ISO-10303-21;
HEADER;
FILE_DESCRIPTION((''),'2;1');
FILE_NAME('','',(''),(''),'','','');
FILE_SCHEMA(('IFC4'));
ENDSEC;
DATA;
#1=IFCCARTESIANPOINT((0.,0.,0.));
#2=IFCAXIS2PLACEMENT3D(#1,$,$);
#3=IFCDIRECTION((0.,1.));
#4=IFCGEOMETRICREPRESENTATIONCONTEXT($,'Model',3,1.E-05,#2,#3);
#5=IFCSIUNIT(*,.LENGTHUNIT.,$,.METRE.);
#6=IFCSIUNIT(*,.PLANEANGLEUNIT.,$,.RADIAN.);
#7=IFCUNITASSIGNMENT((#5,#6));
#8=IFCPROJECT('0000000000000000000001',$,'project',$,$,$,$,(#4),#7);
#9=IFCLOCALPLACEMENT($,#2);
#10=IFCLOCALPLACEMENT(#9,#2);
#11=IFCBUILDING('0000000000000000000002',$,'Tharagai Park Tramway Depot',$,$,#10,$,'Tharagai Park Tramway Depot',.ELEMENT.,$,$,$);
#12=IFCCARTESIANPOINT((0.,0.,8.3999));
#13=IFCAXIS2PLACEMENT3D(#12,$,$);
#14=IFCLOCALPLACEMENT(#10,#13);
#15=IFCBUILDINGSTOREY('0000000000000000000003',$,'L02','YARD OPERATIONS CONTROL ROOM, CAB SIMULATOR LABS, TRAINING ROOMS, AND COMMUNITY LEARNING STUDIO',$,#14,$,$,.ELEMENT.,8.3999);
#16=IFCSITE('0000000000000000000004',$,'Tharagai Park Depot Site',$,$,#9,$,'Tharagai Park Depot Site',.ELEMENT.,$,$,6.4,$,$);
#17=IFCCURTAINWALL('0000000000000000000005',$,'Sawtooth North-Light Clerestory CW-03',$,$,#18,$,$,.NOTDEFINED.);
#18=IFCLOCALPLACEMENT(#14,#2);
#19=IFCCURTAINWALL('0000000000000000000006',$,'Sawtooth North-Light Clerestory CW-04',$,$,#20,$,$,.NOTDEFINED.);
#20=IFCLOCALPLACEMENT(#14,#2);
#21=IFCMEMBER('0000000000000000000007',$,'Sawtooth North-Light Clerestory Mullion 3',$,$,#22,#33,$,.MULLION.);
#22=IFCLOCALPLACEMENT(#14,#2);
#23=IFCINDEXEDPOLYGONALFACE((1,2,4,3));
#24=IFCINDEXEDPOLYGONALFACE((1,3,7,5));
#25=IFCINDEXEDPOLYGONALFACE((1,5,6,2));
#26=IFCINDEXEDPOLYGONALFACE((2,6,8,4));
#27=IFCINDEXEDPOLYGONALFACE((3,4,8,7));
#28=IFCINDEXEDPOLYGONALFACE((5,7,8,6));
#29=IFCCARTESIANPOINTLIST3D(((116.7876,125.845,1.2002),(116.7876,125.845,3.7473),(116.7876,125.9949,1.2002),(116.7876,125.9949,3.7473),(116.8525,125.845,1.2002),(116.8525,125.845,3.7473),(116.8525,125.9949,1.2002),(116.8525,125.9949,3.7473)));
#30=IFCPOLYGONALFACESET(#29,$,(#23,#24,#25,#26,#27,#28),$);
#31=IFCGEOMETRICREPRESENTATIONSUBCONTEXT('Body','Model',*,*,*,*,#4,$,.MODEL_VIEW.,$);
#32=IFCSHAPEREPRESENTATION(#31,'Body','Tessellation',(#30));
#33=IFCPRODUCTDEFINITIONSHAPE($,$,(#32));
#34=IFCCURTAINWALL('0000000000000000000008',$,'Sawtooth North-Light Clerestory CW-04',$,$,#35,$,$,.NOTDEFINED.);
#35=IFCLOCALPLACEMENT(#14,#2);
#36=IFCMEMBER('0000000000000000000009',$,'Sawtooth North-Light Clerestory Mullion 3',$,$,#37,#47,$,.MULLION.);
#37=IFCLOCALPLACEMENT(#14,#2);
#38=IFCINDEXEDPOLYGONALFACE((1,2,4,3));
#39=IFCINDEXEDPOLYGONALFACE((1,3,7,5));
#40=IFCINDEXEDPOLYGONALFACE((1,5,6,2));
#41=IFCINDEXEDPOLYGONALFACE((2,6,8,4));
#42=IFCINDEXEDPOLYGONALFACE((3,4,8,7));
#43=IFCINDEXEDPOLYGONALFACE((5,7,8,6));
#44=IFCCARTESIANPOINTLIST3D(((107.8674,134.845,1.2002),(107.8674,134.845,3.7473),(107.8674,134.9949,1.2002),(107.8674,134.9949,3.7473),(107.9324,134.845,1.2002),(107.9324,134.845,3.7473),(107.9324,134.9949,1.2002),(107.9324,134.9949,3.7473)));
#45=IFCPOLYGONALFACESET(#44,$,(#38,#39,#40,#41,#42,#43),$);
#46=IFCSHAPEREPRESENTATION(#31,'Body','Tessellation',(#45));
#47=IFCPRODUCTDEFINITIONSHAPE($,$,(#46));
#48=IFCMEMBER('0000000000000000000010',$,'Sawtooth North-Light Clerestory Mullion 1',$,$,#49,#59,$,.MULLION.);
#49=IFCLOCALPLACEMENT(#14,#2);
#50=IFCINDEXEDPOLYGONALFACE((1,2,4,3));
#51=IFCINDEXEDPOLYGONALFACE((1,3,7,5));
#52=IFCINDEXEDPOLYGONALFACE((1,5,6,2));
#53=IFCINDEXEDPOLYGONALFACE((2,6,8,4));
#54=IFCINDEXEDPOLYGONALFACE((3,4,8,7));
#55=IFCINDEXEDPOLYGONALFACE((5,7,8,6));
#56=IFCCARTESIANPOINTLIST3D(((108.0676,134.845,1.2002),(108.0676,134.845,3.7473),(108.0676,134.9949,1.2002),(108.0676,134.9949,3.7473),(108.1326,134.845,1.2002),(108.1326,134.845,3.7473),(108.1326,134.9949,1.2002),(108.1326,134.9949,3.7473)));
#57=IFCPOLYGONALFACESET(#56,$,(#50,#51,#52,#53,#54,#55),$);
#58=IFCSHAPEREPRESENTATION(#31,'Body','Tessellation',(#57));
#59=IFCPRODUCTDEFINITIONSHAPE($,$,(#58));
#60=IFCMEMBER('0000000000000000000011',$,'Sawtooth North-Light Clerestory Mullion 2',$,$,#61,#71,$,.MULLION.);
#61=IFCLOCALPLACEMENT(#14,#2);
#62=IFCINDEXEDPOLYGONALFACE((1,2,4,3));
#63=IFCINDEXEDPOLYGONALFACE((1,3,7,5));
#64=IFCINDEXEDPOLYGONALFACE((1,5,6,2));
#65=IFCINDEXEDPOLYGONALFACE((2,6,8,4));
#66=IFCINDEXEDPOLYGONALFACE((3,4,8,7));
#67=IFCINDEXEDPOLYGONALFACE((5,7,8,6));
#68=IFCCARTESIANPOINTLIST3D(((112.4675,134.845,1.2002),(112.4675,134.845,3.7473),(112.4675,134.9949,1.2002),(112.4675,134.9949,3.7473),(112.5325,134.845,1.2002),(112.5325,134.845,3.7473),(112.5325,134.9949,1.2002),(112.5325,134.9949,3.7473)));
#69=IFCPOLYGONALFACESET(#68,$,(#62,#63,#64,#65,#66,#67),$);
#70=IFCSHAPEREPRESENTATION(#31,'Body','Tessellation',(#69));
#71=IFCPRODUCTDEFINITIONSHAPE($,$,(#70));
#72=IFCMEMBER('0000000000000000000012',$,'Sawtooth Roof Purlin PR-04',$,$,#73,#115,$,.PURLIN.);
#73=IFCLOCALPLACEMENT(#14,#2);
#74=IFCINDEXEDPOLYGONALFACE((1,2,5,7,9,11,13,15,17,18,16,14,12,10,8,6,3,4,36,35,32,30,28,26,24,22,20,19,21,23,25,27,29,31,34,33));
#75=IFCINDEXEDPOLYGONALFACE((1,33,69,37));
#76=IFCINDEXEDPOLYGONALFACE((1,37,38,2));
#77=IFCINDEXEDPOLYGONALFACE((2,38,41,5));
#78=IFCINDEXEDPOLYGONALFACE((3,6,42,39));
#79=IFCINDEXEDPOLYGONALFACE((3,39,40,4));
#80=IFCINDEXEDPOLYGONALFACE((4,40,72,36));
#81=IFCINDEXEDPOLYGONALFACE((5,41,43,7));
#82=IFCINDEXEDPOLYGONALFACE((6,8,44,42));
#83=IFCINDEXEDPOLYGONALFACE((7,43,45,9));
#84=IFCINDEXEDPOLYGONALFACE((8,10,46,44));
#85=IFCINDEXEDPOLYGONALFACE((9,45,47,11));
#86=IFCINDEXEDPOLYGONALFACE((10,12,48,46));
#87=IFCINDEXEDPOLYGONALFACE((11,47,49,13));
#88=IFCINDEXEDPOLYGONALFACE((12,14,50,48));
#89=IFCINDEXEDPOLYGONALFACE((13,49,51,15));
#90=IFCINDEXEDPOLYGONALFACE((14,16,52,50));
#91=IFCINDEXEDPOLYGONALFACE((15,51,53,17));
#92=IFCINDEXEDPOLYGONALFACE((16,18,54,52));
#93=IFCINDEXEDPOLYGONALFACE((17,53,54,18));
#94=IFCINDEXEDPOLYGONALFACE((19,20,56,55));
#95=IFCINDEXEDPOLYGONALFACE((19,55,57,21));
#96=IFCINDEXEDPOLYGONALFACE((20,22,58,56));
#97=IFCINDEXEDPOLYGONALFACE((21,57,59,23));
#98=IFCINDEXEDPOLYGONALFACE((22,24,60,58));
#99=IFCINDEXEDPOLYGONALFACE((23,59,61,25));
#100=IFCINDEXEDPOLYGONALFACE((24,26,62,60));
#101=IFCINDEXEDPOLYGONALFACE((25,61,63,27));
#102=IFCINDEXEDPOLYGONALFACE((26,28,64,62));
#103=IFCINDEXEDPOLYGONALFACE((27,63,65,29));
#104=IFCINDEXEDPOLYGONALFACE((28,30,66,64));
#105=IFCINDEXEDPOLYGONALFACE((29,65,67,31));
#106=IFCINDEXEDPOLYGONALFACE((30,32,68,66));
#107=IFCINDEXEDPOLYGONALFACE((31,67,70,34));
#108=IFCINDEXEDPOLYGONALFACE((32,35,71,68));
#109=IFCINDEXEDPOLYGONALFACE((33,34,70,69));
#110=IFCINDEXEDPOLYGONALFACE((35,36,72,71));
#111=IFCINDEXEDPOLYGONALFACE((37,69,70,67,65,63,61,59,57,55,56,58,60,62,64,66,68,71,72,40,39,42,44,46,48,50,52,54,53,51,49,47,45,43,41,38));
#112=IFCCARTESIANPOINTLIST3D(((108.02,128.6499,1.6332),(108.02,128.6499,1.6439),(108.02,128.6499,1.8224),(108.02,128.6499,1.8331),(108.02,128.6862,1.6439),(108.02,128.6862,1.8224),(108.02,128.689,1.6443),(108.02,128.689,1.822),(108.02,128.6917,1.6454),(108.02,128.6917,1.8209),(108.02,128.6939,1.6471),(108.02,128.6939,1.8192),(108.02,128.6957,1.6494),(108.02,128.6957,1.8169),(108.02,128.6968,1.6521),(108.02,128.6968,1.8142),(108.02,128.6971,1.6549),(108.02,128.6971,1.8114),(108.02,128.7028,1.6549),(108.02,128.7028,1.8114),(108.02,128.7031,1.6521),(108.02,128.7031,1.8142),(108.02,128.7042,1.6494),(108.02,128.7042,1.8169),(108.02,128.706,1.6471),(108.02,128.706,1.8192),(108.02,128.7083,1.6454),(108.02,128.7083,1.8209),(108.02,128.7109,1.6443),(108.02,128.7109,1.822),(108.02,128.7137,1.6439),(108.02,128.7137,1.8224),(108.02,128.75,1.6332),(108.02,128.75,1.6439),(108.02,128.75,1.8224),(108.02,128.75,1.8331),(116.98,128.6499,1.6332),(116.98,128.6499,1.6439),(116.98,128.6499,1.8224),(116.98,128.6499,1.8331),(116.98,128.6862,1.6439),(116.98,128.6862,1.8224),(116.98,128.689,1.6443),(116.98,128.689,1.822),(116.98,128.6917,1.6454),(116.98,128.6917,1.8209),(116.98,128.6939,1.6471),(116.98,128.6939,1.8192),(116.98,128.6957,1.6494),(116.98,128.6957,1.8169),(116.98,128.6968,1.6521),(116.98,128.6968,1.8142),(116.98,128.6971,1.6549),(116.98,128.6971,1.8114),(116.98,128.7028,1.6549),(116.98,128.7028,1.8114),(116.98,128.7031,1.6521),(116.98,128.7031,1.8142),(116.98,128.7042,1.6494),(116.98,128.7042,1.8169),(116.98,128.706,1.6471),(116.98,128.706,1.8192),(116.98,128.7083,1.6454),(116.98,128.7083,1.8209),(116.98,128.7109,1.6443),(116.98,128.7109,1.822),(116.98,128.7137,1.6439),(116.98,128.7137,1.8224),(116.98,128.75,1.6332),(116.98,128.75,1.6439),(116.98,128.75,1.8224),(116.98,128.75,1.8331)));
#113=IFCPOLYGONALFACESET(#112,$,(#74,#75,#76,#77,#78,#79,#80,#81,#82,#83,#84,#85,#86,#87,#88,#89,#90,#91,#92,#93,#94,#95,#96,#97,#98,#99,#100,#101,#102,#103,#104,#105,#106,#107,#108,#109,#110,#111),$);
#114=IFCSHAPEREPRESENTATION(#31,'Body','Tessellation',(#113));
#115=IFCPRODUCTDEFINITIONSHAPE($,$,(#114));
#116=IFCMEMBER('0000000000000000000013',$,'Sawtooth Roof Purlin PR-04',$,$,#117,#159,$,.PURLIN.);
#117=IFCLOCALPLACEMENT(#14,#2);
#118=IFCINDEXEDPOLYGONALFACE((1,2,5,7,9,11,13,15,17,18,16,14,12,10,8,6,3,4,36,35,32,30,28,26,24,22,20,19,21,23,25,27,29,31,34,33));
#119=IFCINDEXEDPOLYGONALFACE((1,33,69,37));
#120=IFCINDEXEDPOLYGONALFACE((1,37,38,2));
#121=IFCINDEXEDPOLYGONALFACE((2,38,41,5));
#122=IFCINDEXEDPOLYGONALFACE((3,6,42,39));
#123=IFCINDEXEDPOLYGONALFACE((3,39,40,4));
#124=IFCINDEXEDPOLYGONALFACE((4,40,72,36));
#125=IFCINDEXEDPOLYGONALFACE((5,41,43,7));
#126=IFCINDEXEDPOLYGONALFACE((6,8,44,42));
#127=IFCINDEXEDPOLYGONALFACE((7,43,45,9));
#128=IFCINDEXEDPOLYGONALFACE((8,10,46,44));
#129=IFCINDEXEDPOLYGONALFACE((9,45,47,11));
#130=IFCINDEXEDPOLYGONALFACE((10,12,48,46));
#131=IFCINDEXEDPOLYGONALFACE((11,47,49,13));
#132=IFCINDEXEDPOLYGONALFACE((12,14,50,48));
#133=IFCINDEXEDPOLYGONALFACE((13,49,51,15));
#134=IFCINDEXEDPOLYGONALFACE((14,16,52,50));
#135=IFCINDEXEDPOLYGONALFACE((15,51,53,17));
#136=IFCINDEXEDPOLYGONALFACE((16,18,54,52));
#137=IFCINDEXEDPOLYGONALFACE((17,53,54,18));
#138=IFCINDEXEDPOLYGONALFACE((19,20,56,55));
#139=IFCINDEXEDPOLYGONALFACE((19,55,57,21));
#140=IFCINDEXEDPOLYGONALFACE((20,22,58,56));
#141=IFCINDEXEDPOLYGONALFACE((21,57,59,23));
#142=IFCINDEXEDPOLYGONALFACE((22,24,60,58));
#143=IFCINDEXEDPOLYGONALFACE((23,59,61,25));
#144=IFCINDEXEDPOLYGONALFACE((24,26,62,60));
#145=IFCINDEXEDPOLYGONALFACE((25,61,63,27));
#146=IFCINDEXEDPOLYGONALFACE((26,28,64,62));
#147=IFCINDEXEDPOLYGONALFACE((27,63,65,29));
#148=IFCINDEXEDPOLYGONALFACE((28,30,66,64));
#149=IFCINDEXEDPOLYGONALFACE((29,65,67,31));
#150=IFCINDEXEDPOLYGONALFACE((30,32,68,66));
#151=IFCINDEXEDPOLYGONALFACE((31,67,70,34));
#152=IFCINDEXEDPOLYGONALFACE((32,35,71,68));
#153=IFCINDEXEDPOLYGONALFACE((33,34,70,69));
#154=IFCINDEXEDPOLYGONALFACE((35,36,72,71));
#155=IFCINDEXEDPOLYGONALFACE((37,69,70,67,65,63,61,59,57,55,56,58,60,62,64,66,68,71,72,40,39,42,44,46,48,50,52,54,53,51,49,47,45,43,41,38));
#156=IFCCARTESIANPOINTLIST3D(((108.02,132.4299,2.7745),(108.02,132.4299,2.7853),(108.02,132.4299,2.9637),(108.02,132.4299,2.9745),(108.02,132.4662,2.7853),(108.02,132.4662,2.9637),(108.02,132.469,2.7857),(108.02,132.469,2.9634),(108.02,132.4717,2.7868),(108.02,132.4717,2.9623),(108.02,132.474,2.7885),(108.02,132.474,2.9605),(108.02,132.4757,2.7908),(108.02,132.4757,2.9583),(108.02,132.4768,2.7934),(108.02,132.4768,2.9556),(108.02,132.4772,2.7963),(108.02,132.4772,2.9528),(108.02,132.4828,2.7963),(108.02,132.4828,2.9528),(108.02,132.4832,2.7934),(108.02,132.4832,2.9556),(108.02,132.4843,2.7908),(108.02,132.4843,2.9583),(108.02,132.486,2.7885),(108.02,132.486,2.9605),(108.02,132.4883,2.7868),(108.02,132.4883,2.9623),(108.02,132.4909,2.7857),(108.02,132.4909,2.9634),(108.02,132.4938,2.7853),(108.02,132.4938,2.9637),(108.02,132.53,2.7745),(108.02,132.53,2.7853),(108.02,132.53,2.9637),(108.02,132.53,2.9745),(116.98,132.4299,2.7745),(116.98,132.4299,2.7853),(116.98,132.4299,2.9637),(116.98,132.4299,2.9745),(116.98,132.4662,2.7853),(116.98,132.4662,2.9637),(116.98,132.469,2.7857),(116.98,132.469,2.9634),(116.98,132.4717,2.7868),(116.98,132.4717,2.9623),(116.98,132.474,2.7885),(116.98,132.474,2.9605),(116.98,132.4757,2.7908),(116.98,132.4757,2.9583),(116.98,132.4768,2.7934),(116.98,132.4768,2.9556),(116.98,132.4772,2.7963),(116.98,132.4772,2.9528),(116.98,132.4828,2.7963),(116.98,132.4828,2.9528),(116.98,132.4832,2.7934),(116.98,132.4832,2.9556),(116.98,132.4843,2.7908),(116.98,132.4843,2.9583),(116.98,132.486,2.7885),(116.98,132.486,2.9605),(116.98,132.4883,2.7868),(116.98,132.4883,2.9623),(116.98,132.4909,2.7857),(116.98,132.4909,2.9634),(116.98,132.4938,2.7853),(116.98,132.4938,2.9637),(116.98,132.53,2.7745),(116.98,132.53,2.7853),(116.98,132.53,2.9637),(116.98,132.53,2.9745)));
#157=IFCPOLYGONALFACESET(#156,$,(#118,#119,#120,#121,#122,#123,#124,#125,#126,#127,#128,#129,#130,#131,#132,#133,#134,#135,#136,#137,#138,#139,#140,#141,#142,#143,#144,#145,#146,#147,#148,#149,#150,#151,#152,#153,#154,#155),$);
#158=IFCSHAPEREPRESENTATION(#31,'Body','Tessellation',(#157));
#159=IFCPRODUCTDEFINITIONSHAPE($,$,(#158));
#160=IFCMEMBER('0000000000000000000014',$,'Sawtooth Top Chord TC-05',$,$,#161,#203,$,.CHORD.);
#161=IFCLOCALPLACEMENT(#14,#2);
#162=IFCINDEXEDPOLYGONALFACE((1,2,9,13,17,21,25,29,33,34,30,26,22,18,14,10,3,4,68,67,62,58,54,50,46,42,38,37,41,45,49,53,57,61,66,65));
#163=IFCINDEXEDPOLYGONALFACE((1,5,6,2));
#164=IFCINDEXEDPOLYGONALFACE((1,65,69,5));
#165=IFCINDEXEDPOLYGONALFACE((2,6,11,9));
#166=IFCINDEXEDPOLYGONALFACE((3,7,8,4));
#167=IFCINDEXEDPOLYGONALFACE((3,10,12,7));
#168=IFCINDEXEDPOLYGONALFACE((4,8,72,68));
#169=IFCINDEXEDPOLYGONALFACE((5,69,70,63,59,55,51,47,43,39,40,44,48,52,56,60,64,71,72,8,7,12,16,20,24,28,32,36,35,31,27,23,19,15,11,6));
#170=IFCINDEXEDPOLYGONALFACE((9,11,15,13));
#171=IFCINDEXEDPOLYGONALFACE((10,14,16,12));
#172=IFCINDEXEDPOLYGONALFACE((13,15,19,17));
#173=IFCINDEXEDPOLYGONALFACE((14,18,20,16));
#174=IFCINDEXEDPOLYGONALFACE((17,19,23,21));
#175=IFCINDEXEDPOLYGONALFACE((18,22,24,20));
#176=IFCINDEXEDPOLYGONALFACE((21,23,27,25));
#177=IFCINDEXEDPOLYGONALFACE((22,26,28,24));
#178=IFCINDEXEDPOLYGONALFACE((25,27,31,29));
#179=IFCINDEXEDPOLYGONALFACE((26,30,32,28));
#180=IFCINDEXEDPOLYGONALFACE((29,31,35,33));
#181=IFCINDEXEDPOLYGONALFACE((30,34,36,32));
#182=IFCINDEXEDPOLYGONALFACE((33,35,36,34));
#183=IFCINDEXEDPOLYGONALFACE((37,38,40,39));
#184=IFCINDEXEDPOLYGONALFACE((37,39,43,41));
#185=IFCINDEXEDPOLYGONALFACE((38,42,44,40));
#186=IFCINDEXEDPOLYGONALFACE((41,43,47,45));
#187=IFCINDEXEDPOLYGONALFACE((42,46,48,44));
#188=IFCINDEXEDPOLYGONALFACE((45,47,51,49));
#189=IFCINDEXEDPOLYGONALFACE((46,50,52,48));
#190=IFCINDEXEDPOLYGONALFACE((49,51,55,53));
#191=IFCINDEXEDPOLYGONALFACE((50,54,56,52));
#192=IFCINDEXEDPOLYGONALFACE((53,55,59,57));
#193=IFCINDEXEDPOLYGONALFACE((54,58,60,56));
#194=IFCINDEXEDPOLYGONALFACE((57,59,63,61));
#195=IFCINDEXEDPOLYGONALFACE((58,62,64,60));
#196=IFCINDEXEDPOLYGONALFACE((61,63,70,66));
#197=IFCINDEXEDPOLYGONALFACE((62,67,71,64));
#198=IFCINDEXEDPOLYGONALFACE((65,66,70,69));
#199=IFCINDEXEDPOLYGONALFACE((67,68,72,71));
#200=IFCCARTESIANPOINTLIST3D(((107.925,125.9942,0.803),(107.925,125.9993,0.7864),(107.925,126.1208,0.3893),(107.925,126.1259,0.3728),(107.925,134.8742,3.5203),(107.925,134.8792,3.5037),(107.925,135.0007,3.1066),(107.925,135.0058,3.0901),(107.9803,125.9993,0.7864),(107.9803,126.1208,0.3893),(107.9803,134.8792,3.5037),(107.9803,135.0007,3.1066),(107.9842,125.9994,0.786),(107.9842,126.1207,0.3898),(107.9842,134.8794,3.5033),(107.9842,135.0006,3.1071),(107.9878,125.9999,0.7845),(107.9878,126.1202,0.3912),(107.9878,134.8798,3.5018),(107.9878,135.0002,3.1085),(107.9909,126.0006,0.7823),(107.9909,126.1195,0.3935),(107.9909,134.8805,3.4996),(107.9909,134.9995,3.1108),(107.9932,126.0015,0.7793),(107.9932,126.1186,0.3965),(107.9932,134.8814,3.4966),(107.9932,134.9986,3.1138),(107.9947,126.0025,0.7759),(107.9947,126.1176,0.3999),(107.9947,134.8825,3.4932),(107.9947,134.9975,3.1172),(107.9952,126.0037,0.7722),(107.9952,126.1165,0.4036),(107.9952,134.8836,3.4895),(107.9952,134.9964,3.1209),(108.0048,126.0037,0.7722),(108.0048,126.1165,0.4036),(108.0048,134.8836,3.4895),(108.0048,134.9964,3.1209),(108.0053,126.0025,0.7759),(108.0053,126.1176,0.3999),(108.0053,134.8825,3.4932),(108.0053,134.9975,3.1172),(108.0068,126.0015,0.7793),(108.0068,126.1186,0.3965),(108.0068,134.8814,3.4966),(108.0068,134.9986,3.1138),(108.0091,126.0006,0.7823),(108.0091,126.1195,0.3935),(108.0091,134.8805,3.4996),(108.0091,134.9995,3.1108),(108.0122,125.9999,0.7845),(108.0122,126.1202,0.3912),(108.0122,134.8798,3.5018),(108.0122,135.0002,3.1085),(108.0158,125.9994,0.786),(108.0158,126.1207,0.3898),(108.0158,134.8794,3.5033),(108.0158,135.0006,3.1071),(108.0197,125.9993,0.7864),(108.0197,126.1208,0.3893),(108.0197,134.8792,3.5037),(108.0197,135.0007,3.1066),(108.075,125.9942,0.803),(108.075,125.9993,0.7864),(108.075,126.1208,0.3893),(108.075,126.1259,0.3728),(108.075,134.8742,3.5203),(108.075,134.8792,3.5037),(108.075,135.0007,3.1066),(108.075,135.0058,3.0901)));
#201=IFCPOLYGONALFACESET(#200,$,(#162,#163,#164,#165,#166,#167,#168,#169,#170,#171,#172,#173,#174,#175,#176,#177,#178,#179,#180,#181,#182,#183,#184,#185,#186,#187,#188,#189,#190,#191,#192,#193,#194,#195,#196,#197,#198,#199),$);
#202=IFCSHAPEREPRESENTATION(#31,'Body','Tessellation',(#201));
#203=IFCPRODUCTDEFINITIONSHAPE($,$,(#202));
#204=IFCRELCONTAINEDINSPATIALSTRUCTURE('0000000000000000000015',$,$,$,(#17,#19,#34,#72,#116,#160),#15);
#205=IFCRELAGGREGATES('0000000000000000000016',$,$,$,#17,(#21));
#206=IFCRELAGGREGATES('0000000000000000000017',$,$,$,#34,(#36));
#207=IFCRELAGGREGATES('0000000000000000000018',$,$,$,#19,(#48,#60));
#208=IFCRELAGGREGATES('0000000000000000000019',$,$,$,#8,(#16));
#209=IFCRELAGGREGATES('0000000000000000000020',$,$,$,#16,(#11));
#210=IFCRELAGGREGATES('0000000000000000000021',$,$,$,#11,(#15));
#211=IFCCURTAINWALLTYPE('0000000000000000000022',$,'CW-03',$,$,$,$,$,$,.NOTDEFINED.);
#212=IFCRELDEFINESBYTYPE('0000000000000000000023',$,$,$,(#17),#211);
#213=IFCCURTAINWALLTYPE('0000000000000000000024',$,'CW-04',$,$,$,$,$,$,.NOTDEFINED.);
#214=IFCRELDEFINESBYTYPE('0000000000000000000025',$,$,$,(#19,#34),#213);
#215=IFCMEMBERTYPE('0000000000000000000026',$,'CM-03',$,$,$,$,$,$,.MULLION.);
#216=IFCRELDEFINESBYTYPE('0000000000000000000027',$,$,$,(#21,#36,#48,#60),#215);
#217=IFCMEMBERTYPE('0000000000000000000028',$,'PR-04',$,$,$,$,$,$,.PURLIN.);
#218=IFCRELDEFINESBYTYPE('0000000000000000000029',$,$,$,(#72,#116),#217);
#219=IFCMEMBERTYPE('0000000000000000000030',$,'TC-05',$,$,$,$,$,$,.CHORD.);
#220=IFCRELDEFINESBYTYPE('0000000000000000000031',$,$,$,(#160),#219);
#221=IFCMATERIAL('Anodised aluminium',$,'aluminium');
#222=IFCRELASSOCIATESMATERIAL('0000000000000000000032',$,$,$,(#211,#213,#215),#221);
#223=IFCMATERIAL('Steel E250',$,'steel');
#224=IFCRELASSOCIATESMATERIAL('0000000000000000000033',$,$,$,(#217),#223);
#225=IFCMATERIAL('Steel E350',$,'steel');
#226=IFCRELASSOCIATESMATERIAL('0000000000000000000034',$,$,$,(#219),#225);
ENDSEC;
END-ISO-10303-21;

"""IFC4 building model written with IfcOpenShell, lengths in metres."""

from ifc_helpers import new_model, si_unit, direction, frame, origin, origin_2d, place, context, subcontext, project, spatial, rectangle, i_section, extrude, material, material_profile, profile_set, type_object, element, aggregate, save


model = new_model("IFC4")

# Units and contexts
model_context = context("Model", 3, precision=1e-05, world=origin(), true_north=direction((0.0, 1.0)))
body_context = subcontext(model_context, "Body", "Model", "MODEL_VIEW")
ifc_project = project(units=[si_unit("LENGTHUNIT", "METRE"), si_unit("PLANEANGLEUNIT", "RADIAN")], contexts=[model_context])

# Site, building, storey
site_placement = place(None, origin())
site = spatial("IfcSite", under=ifc_project, at=site_placement, Name="Tharagai Park Depot Site", LongName="Tharagai Park Depot Site", CompositionType="ELEMENT", RefElevation=6.4)
building_placement = place(site_placement, origin())
building = spatial("IfcBuilding", under=site, at=building_placement, Name="Tharagai Park Tramway Depot", LongName="Tharagai Park Tramway Depot", CompositionType="ELEMENT")
storey_placement = place(building_placement, frame((0.0, 0.0, 8.3999)))
storey = spatial("IfcBuildingStorey", under=building, at=storey_placement, Name="L02", Description="YARD OPERATIONS CONTROL ROOM, CAB SIMULATOR LABS, TRAINING ROOMS, AND COMMUNITY LEARNING STUDIO", CompositionType="ELEMENT", Elevation=8.3999)

# Shared definitions
ifc_material_1 = material(Name="Steel E350", Category="steel")

# Curtain wall
ifc_material_2 = material(Name="Anodised aluminium", Category="aluminium")
curtain_wall_type_1 = type_object("IfcCurtainWallType", Name="CW-03", PredefinedType="NOTDEFINED", material=ifc_material_2)
curtain_wall_1_placement = place(storey_placement, origin())
curtain_wall_1 = element("IfcCurtainWall", 1, at=curtain_wall_1_placement, inside=storey, type_object=curtain_wall_type_1, Name="Sawtooth North-Light Clerestory CW-03", PredefinedType="NOTDEFINED")

# Curtain wall
curtain_wall_type_2 = type_object("IfcCurtainWallType", Name="CW-04", PredefinedType="NOTDEFINED", material=ifc_material_2)
curtain_wall_2_placement = place(storey_placement, origin())
curtain_wall_2 = element("IfcCurtainWall", 2, at=curtain_wall_2_placement, inside=storey, type_object=curtain_wall_type_2, Name="Sawtooth North-Light Clerestory CW-04", PredefinedType="NOTDEFINED")

# Member
ifc_material_profile_1 = material_profile(ifc_material_2, rectangle(XDim=0.0649, YDim=0.1499, at=origin_2d()), Name="ALU 65x150")
ifc_profile_set_1 = profile_set([ifc_material_profile_1], Name="Anodised aluminium")
member_type_1 = type_object("IfcMemberType", Name="CM-03", PredefinedType="MULLION", material=ifc_profile_set_1)
member_1_placement = place(storey_placement, frame((116.8201, 125.9199, 1.2002), z_axis=(0.0, 0.0, 1.0), x_axis=(1.0, 0.0, 0.0)))
member_1 = element("IfcMember", 3, at=member_1_placement, type_object=member_type_1, Name="Sawtooth North-Light Clerestory Mullion 3", PredefinedType="MULLION", context=body_context, shape_type="SweptSolid", body=[
    extrude(rectangle(XDim=0.0649, YDim=0.1499, at=origin_2d()), origin(), (0.0, 0.0, 1.0), 2.5471),
])

# Curtain wall, member
curtain_wall_3_placement = place(storey_placement, origin())
curtain_wall_3 = element("IfcCurtainWall", 4, at=curtain_wall_3_placement, inside=storey, type_object=curtain_wall_type_2, Name="Sawtooth North-Light Clerestory CW-04", PredefinedType="NOTDEFINED")
member_2_placement = place(storey_placement, frame((107.8999, 134.9199, 1.2002), z_axis=(0.0, 0.0, 1.0), x_axis=(1.0, 0.0, 0.0)))
member_2 = element("IfcMember", 5, at=member_2_placement, type_object=member_type_1, Name="Sawtooth North-Light Clerestory Mullion 3", PredefinedType="MULLION", context=body_context, shape_type="SweptSolid", body=[
    extrude(rectangle(XDim=0.0649, YDim=0.1499, at=origin_2d()), origin(), (0.0, 0.0, 1.0), 2.5471),
])

# Members
member_3_placement = place(storey_placement, frame((108.1001, 134.9199, 1.2002), z_axis=(0.0, 0.0, 1.0), x_axis=(1.0, 0.0, 0.0)))
member_3 = element("IfcMember", 6, at=member_3_placement, type_object=member_type_1, Name="Sawtooth North-Light Clerestory Mullion 1", PredefinedType="MULLION", context=body_context, shape_type="SweptSolid", body=[
    extrude(rectangle(XDim=0.0649, YDim=0.1499, at=origin_2d()), origin(), (0.0, 0.0, 1.0), 2.5471),
])
member_4_placement = place(storey_placement, frame((112.5, 134.9199, 1.2002), z_axis=(0.0, 0.0, 1.0), x_axis=(1.0, 0.0, 0.0)))
member_4 = element("IfcMember", 7, at=member_4_placement, type_object=member_type_1, Name="Sawtooth North-Light Clerestory Mullion 2", PredefinedType="MULLION", context=body_context, shape_type="SweptSolid", body=[
    extrude(rectangle(XDim=0.0649, YDim=0.1499, at=origin_2d()), origin(), (0.0, 0.0, 1.0), 2.5471),
])

# Members
ifc_material_3 = material(Name="Steel E250", Category="steel")
ifc_material_profile_2 = material_profile(ifc_material_3, i_section(OverallWidth=0.1001, OverallDepth=0.2, WebThickness=0.0056, FlangeThickness=0.0107, FilletRadius=0.011, at=origin_2d()), Name="ISMB 200")
ifc_profile_set_2 = profile_set([ifc_material_profile_2], Name="Steel E250")
member_type_2 = type_object("IfcMemberType", Name="PR-04", PredefinedType="PURLIN", material=ifc_profile_set_2)
for number, where, z_axis, x_axis, name in (
    (8, (108.02, 128.7, 1.7332), (1.0, 0.0, 0.0), (0.0, 1.0, 0.0), "Sawtooth Roof Purlin PR-04"),
    (9, (108.02, 132.48, 2.8745), (1.0, 0.0, 0.0), (0.0, 1.0, 0.0), "Sawtooth Roof Purlin PR-04"),
):
    element("IfcMember", number, at=place(storey_placement, frame(where, z_axis=z_axis, x_axis=x_axis)), inside=storey, type_object=member_type_2, Name=name, PredefinedType="PURLIN", context=body_context, shape_type="SweptSolid", body=[
        extrude(i_section(OverallWidth=0.1001, OverallDepth=0.2, WebThickness=0.0056, FlangeThickness=0.0107, FilletRadius=0.011, at=origin_2d()), origin(), (0.0, 0.0, 1.0), 8.96),
    ])
ifc_material_profile_3 = material_profile(ifc_material_1, i_section(OverallWidth=0.1499, OverallDepth=0.45, WebThickness=0.0095, FlangeThickness=0.0173, FilletRadius=0.0149, at=origin_2d()), Name="ISMB 450")
ifc_profile_set_3 = profile_set([ifc_material_profile_3], Name="Steel E350")
member_type_3 = type_object("IfcMemberType", Name="TC-05", PredefinedType="CHORD", material=ifc_profile_set_3)
member_5_placement = place(storey_placement, frame((108.0, 126.0601, 0.5879), z_axis=(0.0, 0.956231, 0.292611), x_axis=(-1.0, 0.0, 0.0)))
element("IfcMember", 10, at=member_5_placement, inside=storey, type_object=member_type_3, Name="Sawtooth Top Chord TC-05", PredefinedType="CHORD", context=body_context, shape_type="SweptSolid", body=[
    extrude(i_section(OverallWidth=0.1499, OverallDepth=0.45, WebThickness=0.0095, FlangeThickness=0.0173, FilletRadius=0.0149, at=origin_2d()), origin(), (0.0, 0.0, 1.0), 9.2864),
])

aggregate(curtain_wall_1, [member_1])
aggregate(curtain_wall_3, [member_2])
aggregate(curtain_wall_2, [member_3, member_4])

save(model, "model.ifc")
